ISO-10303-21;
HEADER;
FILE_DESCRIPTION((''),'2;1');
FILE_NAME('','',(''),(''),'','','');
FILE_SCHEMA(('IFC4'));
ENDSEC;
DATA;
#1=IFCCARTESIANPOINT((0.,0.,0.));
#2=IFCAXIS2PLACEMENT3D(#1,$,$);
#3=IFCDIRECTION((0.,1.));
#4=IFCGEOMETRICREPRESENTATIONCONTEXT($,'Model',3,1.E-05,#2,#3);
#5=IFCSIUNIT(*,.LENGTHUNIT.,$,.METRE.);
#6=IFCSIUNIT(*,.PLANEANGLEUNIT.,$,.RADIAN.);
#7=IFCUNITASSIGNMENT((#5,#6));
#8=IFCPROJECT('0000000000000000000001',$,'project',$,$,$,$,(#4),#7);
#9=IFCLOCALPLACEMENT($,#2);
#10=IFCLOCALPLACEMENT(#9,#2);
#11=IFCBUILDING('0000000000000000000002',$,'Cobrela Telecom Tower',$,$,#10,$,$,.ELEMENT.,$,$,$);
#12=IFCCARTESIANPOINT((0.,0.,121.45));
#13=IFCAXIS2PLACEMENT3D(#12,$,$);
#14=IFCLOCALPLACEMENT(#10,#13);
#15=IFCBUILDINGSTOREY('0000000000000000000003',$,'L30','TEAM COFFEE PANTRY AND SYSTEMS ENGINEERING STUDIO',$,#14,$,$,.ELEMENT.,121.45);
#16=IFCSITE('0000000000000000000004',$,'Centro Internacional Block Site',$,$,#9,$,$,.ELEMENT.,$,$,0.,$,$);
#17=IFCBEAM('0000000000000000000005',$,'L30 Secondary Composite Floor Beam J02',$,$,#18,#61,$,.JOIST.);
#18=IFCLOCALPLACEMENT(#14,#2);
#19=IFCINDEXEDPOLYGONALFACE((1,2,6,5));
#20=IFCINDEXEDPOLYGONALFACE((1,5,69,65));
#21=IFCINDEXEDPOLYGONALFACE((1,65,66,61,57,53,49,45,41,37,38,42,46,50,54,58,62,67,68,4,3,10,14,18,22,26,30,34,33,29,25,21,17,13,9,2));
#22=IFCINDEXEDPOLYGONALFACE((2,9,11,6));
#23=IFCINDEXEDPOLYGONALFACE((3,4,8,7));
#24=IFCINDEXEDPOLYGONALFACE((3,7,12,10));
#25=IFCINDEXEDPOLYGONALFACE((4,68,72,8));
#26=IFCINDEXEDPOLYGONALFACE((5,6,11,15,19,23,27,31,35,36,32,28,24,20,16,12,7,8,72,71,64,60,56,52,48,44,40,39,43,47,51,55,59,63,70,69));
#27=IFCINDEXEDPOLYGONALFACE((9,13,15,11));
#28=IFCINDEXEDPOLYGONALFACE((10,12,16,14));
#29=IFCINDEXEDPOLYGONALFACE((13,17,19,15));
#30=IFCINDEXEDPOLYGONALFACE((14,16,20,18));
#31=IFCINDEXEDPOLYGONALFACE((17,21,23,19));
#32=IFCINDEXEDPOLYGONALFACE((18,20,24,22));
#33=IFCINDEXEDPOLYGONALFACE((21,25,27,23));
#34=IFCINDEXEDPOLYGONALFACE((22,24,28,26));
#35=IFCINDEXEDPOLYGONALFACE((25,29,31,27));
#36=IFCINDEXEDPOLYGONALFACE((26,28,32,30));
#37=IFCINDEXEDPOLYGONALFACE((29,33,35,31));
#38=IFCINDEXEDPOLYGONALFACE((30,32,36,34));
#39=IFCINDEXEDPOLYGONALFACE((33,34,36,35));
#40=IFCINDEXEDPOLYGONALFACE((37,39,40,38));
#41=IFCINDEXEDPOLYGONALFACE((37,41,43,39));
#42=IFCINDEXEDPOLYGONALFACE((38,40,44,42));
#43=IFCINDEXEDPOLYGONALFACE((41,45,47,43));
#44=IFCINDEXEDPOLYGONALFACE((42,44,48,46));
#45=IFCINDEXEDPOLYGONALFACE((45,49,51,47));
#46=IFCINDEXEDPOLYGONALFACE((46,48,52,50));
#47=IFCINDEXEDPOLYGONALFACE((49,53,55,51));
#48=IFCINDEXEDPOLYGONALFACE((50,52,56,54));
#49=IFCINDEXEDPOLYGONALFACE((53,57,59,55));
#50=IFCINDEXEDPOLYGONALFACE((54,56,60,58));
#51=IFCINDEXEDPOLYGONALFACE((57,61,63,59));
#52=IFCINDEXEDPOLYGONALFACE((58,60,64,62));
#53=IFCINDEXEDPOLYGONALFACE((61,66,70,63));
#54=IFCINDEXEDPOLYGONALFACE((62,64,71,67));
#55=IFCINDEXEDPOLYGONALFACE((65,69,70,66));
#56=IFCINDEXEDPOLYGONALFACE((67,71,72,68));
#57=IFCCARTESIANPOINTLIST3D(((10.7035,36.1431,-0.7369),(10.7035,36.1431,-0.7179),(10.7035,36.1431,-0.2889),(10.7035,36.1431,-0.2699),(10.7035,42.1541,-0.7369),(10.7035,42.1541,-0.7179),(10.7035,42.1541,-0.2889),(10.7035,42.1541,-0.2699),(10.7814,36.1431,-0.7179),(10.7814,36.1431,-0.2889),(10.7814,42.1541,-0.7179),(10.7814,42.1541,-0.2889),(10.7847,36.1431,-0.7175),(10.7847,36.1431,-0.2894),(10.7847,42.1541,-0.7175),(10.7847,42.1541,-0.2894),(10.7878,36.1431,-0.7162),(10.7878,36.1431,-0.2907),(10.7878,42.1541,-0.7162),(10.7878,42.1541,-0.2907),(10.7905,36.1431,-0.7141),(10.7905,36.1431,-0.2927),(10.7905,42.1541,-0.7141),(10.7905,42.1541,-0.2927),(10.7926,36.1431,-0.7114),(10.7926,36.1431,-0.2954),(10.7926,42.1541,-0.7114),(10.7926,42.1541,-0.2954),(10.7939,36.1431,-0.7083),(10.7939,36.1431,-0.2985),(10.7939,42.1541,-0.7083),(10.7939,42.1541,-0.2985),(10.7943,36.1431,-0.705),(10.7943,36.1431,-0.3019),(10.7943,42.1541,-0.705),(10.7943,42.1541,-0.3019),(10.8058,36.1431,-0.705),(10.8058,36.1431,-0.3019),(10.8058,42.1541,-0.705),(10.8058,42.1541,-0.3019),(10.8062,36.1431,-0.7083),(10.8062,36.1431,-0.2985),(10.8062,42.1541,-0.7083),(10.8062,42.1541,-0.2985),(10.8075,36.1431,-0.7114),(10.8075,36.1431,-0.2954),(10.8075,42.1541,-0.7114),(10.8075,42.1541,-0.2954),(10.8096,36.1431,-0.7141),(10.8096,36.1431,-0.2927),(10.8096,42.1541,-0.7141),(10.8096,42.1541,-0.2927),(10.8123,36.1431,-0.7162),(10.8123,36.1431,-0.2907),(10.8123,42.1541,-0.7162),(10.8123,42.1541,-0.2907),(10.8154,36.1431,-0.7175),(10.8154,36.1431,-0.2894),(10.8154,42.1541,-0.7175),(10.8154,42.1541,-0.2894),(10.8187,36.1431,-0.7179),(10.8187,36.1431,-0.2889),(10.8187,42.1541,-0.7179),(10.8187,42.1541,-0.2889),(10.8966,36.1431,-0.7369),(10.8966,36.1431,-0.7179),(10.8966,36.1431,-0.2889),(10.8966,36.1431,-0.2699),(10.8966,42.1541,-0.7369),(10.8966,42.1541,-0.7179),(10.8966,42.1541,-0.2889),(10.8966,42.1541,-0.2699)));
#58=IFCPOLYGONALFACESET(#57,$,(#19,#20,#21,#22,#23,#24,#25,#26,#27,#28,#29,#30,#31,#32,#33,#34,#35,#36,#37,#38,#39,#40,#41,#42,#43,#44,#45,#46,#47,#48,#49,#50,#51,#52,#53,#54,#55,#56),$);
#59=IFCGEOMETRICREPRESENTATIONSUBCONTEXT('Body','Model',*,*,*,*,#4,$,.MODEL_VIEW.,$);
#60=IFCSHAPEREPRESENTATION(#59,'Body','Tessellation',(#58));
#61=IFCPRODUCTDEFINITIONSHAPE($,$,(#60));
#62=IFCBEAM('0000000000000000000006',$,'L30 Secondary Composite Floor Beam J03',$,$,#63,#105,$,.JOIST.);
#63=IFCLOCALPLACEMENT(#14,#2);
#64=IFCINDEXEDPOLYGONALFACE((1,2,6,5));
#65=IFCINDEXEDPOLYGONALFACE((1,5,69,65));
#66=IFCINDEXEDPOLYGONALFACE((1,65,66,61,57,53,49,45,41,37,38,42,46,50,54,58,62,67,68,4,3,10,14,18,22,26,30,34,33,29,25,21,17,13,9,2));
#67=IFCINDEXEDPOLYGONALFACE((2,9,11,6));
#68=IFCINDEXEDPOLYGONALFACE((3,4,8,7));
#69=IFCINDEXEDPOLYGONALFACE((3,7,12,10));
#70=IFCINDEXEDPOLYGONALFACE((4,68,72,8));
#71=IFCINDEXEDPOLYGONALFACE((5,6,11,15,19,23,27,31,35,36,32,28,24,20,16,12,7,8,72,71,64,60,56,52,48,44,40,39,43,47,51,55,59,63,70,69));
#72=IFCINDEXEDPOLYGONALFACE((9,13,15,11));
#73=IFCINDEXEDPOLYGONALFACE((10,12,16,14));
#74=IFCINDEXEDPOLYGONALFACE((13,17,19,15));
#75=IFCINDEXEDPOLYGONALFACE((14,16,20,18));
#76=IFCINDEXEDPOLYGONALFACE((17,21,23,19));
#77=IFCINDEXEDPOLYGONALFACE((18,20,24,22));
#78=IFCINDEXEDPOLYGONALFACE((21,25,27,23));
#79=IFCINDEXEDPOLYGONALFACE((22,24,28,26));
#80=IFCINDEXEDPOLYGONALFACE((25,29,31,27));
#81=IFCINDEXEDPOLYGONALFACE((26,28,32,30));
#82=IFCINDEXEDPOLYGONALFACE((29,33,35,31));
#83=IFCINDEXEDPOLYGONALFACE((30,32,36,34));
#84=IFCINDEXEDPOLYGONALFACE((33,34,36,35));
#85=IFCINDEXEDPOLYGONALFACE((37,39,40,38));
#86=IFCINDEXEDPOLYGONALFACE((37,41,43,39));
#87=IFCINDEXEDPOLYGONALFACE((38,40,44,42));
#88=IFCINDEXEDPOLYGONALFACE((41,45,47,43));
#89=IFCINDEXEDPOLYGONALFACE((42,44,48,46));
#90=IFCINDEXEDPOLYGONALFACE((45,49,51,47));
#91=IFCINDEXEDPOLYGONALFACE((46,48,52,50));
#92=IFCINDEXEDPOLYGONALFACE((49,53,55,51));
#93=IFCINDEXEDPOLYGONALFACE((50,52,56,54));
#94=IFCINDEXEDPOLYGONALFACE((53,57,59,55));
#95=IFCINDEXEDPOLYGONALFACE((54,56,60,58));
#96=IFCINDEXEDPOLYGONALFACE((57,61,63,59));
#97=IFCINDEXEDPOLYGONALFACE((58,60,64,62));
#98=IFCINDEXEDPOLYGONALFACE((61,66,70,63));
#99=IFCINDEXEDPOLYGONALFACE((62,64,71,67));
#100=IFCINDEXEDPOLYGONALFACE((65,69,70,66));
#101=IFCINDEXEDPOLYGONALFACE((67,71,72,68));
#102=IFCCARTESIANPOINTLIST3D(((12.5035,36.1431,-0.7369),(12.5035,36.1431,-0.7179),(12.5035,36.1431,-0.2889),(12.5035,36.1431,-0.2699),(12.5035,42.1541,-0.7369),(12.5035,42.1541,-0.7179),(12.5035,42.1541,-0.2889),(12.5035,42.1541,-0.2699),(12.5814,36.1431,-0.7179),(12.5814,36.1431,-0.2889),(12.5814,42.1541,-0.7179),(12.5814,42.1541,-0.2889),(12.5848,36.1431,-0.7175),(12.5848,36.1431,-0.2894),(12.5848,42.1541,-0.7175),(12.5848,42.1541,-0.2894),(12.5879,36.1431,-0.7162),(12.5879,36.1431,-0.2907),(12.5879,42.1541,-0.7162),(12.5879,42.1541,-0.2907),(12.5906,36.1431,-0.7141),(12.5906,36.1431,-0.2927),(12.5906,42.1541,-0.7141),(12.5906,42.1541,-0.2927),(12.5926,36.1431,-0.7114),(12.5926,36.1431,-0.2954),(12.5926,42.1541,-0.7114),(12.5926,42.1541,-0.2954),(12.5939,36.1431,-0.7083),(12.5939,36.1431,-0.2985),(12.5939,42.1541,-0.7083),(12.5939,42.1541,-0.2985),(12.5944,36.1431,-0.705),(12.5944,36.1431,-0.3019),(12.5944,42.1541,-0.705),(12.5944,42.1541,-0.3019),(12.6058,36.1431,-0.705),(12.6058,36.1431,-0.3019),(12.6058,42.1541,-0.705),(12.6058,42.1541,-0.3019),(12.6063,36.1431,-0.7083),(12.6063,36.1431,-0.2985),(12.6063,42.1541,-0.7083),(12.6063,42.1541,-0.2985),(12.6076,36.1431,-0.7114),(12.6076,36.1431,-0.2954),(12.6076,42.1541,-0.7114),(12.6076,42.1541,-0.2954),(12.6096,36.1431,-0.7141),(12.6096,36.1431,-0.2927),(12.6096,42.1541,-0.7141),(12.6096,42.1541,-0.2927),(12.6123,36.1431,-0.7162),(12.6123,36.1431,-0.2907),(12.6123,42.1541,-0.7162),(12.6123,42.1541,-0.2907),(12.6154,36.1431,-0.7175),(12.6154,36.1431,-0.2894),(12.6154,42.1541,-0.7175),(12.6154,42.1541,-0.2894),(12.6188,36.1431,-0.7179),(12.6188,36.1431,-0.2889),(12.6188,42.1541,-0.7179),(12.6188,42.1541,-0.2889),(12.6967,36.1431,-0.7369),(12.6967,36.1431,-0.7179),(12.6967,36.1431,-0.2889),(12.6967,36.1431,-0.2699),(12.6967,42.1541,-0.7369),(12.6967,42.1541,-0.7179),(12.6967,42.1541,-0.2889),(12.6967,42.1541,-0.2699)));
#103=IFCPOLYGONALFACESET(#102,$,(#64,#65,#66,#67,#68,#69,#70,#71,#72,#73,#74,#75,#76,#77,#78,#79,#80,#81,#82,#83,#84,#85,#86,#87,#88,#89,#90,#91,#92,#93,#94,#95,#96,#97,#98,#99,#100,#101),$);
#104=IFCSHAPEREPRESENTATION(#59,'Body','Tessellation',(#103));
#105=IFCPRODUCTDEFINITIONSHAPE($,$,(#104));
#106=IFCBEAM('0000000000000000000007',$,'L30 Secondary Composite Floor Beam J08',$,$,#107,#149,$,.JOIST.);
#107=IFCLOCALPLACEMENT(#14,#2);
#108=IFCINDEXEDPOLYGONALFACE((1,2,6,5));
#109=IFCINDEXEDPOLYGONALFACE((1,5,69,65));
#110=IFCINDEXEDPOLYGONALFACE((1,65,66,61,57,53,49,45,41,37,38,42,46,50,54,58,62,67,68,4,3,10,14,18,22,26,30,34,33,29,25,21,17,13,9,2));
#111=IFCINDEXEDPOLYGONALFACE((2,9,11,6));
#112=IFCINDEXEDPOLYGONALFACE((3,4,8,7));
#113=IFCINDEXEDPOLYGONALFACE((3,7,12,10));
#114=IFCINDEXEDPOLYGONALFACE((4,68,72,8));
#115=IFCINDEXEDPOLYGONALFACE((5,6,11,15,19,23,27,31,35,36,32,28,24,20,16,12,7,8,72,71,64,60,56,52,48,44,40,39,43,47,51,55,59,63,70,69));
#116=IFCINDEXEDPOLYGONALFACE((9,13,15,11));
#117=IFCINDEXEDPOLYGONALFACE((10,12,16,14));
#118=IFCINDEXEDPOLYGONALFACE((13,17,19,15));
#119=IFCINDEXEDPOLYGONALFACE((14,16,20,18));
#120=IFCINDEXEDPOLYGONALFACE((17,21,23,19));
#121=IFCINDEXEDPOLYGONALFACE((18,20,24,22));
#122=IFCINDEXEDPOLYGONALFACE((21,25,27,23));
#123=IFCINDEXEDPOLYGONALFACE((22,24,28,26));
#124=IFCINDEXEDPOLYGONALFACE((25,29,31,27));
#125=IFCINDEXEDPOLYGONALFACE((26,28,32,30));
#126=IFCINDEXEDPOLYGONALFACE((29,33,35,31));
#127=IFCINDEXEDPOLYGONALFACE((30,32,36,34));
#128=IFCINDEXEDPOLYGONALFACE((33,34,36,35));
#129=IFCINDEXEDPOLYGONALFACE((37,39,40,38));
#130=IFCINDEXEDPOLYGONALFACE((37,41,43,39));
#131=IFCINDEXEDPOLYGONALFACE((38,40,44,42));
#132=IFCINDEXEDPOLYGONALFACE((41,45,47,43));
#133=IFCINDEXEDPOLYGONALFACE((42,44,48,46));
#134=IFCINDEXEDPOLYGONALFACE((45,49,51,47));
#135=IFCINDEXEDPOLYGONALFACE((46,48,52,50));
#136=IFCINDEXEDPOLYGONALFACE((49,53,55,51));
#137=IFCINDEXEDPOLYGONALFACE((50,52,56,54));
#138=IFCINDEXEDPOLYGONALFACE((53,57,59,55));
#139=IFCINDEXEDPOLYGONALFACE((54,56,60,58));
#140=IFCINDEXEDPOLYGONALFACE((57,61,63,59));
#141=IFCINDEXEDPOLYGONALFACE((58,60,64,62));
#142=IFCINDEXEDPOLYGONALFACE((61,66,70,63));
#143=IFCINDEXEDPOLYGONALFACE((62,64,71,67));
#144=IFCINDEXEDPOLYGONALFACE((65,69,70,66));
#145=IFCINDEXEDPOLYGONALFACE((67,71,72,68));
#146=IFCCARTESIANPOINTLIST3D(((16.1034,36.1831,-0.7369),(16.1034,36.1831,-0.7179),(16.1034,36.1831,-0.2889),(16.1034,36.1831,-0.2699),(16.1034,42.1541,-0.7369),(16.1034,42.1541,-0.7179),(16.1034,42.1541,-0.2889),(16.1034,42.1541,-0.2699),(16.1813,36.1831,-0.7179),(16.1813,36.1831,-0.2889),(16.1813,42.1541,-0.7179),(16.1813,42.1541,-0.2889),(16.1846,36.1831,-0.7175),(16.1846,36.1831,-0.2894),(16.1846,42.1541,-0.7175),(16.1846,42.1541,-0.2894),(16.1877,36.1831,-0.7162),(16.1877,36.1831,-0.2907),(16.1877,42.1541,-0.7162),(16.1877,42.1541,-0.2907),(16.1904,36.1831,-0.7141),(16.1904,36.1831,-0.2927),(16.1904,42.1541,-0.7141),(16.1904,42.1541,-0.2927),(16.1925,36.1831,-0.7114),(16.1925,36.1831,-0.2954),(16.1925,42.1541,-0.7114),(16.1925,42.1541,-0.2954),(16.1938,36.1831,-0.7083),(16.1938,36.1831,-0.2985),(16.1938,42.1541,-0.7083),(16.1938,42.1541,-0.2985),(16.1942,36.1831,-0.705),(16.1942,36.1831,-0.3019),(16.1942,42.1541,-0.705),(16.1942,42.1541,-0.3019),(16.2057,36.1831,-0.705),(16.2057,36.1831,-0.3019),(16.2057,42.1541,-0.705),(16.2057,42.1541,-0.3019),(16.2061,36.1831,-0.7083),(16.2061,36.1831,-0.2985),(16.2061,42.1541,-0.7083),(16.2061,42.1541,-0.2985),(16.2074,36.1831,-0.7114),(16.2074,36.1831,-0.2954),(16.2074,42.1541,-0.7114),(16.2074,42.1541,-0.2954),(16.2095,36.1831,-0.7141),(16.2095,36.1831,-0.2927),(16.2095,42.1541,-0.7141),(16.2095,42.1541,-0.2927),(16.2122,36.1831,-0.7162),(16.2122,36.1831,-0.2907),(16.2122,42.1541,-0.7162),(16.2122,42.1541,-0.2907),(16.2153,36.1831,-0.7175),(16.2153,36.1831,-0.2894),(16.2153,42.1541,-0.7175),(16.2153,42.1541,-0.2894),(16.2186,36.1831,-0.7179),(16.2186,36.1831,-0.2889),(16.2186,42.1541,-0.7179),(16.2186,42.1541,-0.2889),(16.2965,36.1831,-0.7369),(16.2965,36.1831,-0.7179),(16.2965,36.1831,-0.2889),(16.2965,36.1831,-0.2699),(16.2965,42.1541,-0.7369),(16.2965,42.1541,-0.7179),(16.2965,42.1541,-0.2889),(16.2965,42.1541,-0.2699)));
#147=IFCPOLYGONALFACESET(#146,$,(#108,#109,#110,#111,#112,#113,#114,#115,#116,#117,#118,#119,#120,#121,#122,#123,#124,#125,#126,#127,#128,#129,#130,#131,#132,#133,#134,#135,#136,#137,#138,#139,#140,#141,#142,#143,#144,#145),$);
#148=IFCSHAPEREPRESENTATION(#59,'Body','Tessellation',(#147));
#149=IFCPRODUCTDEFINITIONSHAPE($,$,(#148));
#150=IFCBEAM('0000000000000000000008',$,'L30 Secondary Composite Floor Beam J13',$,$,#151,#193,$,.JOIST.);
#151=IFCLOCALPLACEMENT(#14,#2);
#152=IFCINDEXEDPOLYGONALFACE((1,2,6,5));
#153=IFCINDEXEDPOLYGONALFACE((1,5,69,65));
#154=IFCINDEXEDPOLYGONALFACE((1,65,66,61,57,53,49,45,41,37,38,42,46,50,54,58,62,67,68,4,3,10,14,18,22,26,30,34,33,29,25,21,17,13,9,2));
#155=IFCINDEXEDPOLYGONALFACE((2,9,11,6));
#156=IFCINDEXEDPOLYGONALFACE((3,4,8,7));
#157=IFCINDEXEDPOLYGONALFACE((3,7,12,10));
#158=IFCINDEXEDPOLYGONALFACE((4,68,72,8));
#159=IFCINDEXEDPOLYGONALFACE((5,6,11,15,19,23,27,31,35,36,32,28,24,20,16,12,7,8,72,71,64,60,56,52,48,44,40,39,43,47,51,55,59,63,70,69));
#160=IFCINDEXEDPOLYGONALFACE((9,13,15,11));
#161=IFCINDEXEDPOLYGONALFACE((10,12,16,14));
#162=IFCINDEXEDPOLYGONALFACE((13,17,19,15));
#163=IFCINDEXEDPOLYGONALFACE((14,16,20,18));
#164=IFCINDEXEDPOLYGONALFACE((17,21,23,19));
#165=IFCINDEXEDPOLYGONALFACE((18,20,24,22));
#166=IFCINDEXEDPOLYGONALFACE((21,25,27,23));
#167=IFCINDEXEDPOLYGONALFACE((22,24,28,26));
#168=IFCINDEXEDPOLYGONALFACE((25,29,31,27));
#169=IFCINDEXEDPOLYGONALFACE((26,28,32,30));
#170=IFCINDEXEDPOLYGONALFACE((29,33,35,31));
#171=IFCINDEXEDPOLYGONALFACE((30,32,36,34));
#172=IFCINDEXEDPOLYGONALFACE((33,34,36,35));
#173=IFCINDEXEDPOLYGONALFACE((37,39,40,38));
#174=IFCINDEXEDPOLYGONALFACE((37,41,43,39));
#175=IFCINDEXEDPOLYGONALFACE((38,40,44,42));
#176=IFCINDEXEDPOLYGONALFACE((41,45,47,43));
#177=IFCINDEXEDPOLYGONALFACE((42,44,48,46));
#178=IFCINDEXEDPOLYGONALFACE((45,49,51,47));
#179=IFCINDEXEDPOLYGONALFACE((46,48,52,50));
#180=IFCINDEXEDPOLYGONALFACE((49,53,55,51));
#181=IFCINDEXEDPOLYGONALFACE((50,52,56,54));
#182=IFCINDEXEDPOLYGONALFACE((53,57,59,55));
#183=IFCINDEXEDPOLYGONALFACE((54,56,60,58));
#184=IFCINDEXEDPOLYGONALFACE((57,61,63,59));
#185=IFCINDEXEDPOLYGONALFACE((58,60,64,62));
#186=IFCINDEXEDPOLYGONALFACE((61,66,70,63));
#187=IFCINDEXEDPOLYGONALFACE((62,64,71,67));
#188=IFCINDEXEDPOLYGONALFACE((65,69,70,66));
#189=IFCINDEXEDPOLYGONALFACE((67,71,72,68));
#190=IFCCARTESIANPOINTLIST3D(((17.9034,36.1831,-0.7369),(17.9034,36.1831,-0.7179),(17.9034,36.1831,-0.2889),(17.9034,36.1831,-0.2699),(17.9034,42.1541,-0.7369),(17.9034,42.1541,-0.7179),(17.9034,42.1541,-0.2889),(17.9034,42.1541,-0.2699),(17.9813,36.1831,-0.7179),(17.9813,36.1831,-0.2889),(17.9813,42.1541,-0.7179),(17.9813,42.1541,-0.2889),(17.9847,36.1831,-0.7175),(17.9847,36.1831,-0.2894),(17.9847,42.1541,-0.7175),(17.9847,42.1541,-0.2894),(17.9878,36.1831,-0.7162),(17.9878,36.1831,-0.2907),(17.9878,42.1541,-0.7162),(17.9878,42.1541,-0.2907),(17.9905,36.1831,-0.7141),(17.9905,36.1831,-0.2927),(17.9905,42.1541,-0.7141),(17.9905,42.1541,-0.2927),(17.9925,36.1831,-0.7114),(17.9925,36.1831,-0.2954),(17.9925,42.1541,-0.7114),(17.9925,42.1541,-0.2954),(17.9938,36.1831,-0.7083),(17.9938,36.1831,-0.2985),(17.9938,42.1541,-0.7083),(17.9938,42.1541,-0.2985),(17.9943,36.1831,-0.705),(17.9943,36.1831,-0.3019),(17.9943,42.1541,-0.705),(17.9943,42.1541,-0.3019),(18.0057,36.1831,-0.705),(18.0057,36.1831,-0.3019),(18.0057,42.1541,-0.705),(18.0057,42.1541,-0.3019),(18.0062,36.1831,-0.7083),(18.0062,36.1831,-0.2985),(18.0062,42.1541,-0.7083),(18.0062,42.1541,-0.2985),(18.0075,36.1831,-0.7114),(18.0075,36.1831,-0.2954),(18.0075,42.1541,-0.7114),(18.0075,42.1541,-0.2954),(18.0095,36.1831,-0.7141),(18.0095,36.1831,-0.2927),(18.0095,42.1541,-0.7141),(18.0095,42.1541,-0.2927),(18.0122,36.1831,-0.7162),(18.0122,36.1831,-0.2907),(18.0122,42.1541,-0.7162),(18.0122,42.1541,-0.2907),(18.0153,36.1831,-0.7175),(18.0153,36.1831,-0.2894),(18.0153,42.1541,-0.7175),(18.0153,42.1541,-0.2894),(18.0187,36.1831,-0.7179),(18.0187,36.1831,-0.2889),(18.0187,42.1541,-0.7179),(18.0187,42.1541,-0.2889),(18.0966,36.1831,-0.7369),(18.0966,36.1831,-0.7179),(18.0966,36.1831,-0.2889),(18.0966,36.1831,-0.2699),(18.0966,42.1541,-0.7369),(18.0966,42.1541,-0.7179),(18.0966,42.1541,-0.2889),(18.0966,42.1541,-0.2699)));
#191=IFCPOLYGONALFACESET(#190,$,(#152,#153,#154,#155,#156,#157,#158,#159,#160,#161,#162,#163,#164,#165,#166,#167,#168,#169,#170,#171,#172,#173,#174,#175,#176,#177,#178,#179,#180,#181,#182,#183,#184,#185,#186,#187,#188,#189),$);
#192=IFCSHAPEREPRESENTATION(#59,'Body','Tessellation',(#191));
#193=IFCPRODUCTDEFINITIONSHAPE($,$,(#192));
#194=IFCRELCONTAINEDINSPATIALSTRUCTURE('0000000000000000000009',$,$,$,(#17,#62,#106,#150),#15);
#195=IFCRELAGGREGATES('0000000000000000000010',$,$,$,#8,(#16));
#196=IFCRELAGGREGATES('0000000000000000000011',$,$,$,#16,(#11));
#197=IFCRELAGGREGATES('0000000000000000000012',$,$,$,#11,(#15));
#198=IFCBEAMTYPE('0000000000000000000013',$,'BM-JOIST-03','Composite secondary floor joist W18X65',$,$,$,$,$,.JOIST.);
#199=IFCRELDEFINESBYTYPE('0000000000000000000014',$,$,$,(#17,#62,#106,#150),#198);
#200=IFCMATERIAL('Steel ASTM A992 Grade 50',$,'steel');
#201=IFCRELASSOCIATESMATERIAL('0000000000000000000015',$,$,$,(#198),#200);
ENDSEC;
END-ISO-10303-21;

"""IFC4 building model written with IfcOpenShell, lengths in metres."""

from ifc_helpers import new_model, si_unit, direction, frame, origin, origin_2d, place, context, subcontext, project, spatial, i_section, extrude, material, material_profile, profile_set, type_object, element, save


model = new_model("IFC4")

# Units and contexts
model_context = context("Model", 3, precision=1e-05, world=origin(), true_north=direction((0.0, 1.0)))
body_context = subcontext(model_context, "Body", "Model", "MODEL_VIEW")
ifc_project = project(units=[si_unit("LENGTHUNIT", "METRE"), si_unit("PLANEANGLEUNIT", "RADIAN")], contexts=[model_context])

# Site, building, storey
site_placement = place(None, origin())
site = spatial("IfcSite", under=ifc_project, at=site_placement, Name="Centro Internacional Block Site", CompositionType="ELEMENT", RefElevation=0.0)
building_placement = place(site_placement, origin())
building = spatial("IfcBuilding", under=site, at=building_placement, Name="Cobrela Telecom Tower", CompositionType="ELEMENT")
storey_placement = place(building_placement, frame((0.0, 0.0, 121.45)))
storey = spatial("IfcBuildingStorey", under=building, at=storey_placement, Name="L30", Description="TEAM COFFEE PANTRY AND SYSTEMS ENGINEERING STUDIO", CompositionType="ELEMENT", Elevation=121.45)

# Beams
ifc_material_1 = material(Name="Steel ASTM A992 Grade 50", Category="steel")
ifc_material_profile_1 = material_profile(ifc_material_1, i_section(OverallWidth=0.1931, OverallDepth=0.467, WebThickness=0.0115, FlangeThickness=0.019, FilletRadius=0.0129, at=origin_2d()), Name="W18X65")
ifc_profile_set_1 = profile_set([ifc_material_profile_1], Name="Steel ASTM A992 Grade 50")
beam_type_1 = type_object("IfcBeamType", Name="BM-JOIST-03", Description="Composite secondary floor joist W18X65", PredefinedType="JOIST", material=ifc_profile_set_1)
for number, where, z_axis, x_axis, name in (
    (1, (10.8, 36.1431, -0.5034), (0.0, 1.0, 0.0), (-1.0, 0.0, 0.0), "L30 Secondary Composite Floor Beam J02"),
    (2, (12.6001, 36.1431, -0.5034), (0.0, 1.0, 0.0), (-1.0, 0.0, 0.0), "L30 Secondary Composite Floor Beam J03"),
):
    element("IfcBeam", number, at=place(storey_placement, frame(where, z_axis=z_axis, x_axis=x_axis)), inside=storey, type_object=beam_type_1, Name=name, PredefinedType="JOIST", context=body_context, shape_type="SweptSolid", body=[
        extrude(i_section(OverallWidth=0.1931, OverallDepth=0.467, WebThickness=0.0115, FlangeThickness=0.019, FilletRadius=0.0129, at=origin_2d()), origin(), (0.0, 0.0, 1.0), 6.011),
    ])
for number, where, z_axis, x_axis, name in (
    (3, (16.2, 36.1831, -0.5034), (0.0, 1.0, 0.0), (-1.0, 0.0, 0.0), "L30 Secondary Composite Floor Beam J08"),
    (4, (18.0, 36.1831, -0.5034), (0.0, 1.0, 0.0), (-1.0, 0.0, 0.0), "L30 Secondary Composite Floor Beam J13"),
):
    element("IfcBeam", number, at=place(storey_placement, frame(where, z_axis=z_axis, x_axis=x_axis)), inside=storey, type_object=beam_type_1, Name=name, PredefinedType="JOIST", context=body_context, shape_type="SweptSolid", body=[
        extrude(i_section(OverallWidth=0.1931, OverallDepth=0.467, WebThickness=0.0115, FlangeThickness=0.019, FilletRadius=0.0129, at=origin_2d()), origin(), (0.0, 0.0, 1.0), 5.9709),
    ])

save(model, "model.ifc")
